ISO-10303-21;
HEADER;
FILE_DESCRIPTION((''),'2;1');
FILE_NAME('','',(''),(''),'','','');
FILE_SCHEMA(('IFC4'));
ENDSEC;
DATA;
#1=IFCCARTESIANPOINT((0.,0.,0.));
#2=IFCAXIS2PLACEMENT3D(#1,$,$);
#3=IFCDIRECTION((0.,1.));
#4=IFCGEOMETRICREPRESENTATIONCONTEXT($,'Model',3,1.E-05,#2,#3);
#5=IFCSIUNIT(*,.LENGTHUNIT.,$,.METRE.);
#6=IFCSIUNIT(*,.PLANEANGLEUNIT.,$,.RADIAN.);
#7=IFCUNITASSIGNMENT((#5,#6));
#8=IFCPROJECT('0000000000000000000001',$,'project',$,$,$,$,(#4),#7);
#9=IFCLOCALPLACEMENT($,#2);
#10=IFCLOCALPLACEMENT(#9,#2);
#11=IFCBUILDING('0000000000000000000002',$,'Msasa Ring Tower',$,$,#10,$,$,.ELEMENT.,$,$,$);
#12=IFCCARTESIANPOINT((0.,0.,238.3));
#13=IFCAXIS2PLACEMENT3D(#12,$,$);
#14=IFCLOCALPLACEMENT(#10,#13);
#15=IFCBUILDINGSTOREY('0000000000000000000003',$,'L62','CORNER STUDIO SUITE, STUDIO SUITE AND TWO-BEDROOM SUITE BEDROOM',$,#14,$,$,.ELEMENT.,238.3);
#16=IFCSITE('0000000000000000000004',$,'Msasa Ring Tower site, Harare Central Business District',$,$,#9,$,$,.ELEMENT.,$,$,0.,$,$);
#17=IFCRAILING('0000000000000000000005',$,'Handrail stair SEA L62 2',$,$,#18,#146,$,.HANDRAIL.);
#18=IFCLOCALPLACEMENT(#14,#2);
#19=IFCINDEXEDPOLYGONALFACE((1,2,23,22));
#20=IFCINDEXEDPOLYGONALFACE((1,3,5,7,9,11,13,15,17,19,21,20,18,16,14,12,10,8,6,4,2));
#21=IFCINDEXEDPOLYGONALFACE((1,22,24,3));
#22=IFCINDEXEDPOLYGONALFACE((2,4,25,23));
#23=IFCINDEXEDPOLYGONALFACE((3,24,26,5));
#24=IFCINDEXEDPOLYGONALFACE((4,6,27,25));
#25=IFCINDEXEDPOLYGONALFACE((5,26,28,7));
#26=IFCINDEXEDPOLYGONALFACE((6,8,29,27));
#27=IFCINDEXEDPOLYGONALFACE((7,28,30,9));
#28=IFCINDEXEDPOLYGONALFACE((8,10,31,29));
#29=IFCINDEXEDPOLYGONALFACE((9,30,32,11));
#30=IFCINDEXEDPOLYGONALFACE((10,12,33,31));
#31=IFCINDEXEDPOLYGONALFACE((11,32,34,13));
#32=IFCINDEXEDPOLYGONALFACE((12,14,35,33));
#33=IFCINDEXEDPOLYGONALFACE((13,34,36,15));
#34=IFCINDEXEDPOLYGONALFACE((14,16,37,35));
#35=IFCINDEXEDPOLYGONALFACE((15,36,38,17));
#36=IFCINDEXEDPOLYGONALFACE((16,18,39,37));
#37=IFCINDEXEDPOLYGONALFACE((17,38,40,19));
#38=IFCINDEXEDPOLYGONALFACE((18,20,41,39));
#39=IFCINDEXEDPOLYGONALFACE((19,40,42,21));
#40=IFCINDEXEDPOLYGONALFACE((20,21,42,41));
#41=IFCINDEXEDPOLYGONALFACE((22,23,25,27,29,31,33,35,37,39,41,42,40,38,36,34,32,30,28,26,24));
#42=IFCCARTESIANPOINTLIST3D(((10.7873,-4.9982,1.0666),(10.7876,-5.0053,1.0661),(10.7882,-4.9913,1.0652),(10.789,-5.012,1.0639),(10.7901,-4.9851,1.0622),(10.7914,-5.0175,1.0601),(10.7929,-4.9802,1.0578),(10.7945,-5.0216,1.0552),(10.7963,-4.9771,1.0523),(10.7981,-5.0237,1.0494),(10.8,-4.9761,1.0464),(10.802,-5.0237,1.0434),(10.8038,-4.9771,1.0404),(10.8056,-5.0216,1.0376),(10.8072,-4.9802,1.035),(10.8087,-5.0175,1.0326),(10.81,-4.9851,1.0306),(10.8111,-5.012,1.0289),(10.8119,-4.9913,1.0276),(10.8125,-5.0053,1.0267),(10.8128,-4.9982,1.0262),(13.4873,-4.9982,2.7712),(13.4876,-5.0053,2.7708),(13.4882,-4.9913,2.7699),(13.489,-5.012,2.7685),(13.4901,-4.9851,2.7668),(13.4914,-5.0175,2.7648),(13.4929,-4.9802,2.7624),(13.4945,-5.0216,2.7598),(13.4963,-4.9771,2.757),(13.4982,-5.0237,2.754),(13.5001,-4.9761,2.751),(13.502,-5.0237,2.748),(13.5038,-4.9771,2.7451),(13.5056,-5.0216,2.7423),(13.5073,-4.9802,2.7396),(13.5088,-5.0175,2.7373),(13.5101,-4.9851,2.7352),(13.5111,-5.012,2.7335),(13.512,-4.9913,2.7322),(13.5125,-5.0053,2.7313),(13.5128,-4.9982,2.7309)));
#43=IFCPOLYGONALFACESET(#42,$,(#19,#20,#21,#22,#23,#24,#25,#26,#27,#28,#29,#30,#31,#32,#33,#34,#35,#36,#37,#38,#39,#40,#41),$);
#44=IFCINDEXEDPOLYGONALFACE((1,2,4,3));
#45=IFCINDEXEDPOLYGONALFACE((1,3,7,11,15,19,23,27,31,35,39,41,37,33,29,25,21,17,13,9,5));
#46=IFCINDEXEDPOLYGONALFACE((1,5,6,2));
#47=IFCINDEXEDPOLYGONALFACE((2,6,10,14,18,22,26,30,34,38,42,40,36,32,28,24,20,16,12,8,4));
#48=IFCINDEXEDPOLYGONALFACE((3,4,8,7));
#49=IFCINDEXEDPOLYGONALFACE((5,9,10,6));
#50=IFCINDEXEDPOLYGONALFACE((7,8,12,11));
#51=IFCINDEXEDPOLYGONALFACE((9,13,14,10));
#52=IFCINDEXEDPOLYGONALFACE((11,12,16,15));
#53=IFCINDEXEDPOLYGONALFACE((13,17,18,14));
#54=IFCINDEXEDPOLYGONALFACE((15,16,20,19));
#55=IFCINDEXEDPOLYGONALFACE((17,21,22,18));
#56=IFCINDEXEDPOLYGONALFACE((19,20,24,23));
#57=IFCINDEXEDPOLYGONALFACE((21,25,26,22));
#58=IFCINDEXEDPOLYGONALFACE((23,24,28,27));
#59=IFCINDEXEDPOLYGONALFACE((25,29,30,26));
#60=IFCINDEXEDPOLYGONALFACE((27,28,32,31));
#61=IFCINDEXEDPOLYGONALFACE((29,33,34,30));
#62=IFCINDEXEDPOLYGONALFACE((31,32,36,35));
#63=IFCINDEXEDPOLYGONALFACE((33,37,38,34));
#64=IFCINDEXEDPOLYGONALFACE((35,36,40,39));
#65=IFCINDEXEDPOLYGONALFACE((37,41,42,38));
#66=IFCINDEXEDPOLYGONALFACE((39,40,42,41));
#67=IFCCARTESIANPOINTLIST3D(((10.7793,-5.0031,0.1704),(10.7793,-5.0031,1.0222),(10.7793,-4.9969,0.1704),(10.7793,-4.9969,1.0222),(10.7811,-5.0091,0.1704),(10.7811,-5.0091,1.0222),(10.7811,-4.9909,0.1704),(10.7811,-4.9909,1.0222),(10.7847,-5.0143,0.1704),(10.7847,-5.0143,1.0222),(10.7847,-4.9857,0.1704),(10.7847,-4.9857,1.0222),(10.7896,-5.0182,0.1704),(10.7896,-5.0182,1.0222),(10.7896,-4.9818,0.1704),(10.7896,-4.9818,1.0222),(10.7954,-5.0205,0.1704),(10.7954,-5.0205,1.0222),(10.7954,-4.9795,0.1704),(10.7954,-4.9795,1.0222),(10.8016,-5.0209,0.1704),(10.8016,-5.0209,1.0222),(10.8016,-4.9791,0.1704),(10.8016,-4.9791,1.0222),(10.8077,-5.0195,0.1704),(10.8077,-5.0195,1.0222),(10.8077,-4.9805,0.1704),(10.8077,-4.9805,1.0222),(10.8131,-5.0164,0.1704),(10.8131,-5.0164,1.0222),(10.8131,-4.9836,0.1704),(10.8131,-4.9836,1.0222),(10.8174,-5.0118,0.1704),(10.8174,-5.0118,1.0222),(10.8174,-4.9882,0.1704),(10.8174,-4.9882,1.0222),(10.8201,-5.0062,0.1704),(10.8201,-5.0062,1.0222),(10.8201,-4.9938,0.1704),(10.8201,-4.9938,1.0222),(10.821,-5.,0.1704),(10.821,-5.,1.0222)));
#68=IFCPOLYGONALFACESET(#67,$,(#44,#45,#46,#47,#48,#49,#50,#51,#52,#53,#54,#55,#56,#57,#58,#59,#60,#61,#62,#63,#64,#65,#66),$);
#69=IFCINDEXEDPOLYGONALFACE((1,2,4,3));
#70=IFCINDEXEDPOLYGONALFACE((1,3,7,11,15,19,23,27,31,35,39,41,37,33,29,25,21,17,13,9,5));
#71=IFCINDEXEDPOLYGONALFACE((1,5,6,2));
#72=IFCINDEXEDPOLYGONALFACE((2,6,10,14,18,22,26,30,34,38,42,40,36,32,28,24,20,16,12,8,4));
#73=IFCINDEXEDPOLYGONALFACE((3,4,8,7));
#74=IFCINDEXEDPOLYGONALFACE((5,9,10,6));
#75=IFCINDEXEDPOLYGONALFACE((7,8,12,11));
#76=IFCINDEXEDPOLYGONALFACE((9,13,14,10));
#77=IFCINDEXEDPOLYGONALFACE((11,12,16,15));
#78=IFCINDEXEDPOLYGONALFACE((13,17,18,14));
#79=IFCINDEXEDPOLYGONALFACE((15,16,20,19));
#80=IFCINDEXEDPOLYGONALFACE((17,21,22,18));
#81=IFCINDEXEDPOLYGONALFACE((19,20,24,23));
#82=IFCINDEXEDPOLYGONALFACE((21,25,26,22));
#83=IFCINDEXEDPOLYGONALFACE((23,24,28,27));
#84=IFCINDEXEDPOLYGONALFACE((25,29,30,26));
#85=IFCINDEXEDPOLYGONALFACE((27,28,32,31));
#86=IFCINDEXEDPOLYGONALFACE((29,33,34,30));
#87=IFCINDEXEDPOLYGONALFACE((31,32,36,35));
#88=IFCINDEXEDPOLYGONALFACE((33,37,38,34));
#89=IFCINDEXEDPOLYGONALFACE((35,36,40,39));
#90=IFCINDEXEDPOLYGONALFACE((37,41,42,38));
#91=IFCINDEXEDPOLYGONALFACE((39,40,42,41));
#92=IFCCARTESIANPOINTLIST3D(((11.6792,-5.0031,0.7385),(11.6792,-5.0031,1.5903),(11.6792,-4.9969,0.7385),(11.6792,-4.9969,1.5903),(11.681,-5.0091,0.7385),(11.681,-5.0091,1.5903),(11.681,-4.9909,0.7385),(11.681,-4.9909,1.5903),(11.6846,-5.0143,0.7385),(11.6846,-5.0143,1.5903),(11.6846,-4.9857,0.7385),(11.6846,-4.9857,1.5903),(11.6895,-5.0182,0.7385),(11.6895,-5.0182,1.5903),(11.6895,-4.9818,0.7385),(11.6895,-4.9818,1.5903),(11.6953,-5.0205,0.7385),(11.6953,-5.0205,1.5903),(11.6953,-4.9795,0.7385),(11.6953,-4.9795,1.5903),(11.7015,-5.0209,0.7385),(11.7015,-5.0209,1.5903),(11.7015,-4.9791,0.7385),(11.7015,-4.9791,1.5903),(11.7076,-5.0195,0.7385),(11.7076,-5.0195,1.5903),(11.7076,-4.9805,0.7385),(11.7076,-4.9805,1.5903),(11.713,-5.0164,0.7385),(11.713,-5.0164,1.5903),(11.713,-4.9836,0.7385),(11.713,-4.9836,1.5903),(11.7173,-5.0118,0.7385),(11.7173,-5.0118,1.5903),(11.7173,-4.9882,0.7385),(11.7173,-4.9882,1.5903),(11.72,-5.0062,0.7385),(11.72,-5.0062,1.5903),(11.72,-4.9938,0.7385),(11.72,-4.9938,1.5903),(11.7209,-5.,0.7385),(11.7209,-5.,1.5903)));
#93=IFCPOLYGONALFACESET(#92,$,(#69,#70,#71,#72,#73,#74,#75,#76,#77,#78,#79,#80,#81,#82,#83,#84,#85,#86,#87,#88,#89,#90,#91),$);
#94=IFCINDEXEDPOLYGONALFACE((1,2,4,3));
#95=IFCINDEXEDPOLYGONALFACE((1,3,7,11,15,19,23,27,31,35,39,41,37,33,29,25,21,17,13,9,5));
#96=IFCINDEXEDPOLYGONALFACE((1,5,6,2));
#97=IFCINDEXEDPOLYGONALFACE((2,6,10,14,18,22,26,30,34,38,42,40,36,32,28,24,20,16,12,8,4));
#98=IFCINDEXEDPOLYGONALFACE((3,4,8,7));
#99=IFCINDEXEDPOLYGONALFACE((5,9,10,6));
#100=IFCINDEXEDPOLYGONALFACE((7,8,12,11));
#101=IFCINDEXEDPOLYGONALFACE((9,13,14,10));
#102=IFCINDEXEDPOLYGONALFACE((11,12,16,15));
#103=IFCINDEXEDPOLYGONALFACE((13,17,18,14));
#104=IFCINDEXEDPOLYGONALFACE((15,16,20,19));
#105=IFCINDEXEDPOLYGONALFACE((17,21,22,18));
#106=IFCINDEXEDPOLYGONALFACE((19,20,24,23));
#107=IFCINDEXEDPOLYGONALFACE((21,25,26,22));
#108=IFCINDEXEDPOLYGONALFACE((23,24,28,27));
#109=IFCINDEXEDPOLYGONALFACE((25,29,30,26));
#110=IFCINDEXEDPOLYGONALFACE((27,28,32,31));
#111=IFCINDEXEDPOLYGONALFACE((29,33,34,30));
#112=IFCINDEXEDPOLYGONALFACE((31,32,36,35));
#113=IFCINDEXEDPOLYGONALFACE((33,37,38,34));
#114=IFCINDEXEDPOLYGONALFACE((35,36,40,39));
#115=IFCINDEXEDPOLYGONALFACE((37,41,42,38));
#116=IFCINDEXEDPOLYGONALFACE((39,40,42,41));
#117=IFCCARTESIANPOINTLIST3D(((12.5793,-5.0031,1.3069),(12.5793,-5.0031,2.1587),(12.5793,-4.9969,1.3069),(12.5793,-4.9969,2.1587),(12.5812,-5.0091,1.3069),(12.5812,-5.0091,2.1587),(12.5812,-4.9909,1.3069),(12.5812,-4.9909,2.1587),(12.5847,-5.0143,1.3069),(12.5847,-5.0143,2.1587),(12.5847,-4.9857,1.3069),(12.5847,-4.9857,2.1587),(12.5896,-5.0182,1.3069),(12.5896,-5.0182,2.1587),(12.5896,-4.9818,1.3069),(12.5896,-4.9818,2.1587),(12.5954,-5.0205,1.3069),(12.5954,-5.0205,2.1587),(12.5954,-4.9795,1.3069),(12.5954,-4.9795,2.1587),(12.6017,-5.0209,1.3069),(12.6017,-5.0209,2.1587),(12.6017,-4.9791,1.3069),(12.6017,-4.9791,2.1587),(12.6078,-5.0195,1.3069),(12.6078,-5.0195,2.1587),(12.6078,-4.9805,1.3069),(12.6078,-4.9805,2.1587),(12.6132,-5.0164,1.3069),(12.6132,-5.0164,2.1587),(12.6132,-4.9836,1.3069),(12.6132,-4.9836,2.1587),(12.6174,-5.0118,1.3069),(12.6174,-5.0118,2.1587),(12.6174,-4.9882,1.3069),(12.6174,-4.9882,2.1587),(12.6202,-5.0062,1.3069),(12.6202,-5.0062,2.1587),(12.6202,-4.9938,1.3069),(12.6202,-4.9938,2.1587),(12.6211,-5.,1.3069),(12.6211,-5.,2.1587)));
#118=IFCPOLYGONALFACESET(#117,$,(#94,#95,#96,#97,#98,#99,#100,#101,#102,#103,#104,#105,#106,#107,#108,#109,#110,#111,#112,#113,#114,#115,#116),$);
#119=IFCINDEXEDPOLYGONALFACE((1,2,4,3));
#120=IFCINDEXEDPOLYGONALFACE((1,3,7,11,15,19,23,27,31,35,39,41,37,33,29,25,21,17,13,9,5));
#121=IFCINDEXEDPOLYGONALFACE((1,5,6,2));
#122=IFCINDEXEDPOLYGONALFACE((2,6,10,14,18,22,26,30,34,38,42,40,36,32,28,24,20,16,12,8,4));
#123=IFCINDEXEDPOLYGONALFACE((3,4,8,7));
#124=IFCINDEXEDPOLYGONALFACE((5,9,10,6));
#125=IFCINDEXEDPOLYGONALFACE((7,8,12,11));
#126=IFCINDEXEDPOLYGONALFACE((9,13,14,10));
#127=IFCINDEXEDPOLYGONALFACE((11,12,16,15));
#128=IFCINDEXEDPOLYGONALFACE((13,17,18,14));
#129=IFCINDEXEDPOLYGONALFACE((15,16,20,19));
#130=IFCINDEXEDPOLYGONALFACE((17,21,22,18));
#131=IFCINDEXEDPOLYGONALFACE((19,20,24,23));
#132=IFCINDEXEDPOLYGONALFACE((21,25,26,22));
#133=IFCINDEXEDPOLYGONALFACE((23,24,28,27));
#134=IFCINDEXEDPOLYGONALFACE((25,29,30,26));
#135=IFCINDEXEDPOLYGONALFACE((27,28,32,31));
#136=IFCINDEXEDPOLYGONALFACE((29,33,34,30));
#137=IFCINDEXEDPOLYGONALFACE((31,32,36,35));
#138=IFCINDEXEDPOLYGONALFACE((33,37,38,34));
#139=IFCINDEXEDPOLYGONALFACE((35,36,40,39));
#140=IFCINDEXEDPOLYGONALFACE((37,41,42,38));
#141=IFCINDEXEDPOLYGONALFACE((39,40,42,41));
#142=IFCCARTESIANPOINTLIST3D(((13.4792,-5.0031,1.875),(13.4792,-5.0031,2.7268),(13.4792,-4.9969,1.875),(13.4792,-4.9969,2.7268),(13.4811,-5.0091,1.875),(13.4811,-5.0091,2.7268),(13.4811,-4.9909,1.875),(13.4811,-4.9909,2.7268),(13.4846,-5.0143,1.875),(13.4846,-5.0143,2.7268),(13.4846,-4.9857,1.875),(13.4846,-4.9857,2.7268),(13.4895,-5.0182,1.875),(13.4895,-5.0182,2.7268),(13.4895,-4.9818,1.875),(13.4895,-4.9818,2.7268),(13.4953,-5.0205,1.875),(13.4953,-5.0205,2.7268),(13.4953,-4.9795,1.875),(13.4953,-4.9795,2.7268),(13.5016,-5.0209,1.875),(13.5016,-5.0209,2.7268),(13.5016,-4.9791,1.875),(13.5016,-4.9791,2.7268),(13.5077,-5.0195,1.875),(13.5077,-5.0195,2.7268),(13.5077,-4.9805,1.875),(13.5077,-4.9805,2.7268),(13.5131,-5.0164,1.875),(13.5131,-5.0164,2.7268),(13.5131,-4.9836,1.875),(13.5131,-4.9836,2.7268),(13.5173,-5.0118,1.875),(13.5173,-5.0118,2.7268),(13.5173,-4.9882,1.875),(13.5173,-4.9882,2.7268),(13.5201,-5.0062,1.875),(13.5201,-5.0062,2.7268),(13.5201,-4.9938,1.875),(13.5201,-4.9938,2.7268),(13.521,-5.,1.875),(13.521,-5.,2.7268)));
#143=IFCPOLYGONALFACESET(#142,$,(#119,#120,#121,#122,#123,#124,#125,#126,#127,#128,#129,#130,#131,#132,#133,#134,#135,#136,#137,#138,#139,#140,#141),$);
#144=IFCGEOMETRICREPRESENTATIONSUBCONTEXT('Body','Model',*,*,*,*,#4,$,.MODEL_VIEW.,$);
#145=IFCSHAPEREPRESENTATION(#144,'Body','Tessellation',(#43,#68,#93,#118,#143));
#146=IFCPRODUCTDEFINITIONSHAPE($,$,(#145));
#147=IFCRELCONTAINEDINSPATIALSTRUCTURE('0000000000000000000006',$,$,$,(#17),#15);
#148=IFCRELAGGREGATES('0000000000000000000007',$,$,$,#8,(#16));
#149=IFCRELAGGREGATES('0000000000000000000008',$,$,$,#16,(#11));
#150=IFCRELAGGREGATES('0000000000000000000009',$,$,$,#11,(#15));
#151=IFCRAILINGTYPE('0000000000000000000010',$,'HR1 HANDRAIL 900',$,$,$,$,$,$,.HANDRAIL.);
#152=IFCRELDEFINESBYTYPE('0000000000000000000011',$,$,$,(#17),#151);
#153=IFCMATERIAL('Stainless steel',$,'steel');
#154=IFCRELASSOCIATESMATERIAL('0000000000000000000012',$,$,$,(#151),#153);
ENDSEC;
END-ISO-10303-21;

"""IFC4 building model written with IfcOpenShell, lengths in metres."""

from ifc_helpers import new_model, si_unit, direction, frame, origin, origin_2d, place, context, subcontext, project, spatial, circle, extrude, material, type_object, element, save


model = new_model("IFC4")

# Units and contexts
model_context = context("Model", 3, precision=1e-05, world=origin(), true_north=direction((0.0, 1.0)))
body_context = subcontext(model_context, "Body", "Model", "MODEL_VIEW")
ifc_project = project(units=[si_unit("LENGTHUNIT", "METRE"), si_unit("PLANEANGLEUNIT", "RADIAN")], contexts=[model_context])

# Site, building, storey
site_placement = place(None, origin())
site = spatial("IfcSite", under=ifc_project, at=site_placement, Name="Msasa Ring Tower site, Harare Central Business District", CompositionType="ELEMENT", RefElevation=0.0)
building_placement = place(site_placement, origin())
building = spatial("IfcBuilding", under=site, at=building_placement, Name="Msasa Ring Tower", CompositionType="ELEMENT")
storey_placement = place(building_placement, frame((0.0, 0.0, 238.3)))
storey = spatial("IfcBuildingStorey", under=building, at=storey_placement, Name="L62", Description="CORNER STUDIO SUITE, STUDIO SUITE AND TWO-BEDROOM SUITE BEDROOM", CompositionType="ELEMENT", Elevation=238.3)

# Railing
ifc_material_1 = material(Name="Stainless steel", Category="steel")
railing_type = type_object("IfcRailingType", Name="HR1 HANDRAIL 900", PredefinedType="HANDRAIL", material=ifc_material_1)
for number, where, name in (
    (1, (10.8, -5.0, 0.1704), "Handrail stair SEA L62 2"),
):
    element("IfcRailing", number, at=place(storey_placement, frame(where)), inside=storey, type_object=railing_type, Name=name, PredefinedType="HANDRAIL", context=body_context, shape_type="SweptSolid", body=[
        extrude(circle(Radius=0.0239, at=origin_2d()), frame((0.0, 0.0, 0.876), z_axis=(0.84558, 0.0, 0.533849), x_axis=(0.0, 1.0, 0.0)), (0.0, 0.0, 1.0), 3.1931),
        extrude(circle(Radius=0.021, at=origin_2d()), origin(), (0.0, 0.0, 1.0), 0.8518),
        extrude(circle(Radius=0.021, at=origin_2d()), frame((0.8999, 0.0, 0.5681)), (0.0, 0.0, 1.0), 0.8518),
        extrude(circle(Radius=0.021, at=origin_2d()), frame((1.8, 0.0, 1.1365)), (0.0, 0.0, 1.0), 0.8518),
        extrude(circle(Radius=0.021, at=origin_2d()), frame((2.7, 0.0, 1.7046)), (0.0, 0.0, 1.0), 0.8518),
    ])

save(model, "model.ifc")
